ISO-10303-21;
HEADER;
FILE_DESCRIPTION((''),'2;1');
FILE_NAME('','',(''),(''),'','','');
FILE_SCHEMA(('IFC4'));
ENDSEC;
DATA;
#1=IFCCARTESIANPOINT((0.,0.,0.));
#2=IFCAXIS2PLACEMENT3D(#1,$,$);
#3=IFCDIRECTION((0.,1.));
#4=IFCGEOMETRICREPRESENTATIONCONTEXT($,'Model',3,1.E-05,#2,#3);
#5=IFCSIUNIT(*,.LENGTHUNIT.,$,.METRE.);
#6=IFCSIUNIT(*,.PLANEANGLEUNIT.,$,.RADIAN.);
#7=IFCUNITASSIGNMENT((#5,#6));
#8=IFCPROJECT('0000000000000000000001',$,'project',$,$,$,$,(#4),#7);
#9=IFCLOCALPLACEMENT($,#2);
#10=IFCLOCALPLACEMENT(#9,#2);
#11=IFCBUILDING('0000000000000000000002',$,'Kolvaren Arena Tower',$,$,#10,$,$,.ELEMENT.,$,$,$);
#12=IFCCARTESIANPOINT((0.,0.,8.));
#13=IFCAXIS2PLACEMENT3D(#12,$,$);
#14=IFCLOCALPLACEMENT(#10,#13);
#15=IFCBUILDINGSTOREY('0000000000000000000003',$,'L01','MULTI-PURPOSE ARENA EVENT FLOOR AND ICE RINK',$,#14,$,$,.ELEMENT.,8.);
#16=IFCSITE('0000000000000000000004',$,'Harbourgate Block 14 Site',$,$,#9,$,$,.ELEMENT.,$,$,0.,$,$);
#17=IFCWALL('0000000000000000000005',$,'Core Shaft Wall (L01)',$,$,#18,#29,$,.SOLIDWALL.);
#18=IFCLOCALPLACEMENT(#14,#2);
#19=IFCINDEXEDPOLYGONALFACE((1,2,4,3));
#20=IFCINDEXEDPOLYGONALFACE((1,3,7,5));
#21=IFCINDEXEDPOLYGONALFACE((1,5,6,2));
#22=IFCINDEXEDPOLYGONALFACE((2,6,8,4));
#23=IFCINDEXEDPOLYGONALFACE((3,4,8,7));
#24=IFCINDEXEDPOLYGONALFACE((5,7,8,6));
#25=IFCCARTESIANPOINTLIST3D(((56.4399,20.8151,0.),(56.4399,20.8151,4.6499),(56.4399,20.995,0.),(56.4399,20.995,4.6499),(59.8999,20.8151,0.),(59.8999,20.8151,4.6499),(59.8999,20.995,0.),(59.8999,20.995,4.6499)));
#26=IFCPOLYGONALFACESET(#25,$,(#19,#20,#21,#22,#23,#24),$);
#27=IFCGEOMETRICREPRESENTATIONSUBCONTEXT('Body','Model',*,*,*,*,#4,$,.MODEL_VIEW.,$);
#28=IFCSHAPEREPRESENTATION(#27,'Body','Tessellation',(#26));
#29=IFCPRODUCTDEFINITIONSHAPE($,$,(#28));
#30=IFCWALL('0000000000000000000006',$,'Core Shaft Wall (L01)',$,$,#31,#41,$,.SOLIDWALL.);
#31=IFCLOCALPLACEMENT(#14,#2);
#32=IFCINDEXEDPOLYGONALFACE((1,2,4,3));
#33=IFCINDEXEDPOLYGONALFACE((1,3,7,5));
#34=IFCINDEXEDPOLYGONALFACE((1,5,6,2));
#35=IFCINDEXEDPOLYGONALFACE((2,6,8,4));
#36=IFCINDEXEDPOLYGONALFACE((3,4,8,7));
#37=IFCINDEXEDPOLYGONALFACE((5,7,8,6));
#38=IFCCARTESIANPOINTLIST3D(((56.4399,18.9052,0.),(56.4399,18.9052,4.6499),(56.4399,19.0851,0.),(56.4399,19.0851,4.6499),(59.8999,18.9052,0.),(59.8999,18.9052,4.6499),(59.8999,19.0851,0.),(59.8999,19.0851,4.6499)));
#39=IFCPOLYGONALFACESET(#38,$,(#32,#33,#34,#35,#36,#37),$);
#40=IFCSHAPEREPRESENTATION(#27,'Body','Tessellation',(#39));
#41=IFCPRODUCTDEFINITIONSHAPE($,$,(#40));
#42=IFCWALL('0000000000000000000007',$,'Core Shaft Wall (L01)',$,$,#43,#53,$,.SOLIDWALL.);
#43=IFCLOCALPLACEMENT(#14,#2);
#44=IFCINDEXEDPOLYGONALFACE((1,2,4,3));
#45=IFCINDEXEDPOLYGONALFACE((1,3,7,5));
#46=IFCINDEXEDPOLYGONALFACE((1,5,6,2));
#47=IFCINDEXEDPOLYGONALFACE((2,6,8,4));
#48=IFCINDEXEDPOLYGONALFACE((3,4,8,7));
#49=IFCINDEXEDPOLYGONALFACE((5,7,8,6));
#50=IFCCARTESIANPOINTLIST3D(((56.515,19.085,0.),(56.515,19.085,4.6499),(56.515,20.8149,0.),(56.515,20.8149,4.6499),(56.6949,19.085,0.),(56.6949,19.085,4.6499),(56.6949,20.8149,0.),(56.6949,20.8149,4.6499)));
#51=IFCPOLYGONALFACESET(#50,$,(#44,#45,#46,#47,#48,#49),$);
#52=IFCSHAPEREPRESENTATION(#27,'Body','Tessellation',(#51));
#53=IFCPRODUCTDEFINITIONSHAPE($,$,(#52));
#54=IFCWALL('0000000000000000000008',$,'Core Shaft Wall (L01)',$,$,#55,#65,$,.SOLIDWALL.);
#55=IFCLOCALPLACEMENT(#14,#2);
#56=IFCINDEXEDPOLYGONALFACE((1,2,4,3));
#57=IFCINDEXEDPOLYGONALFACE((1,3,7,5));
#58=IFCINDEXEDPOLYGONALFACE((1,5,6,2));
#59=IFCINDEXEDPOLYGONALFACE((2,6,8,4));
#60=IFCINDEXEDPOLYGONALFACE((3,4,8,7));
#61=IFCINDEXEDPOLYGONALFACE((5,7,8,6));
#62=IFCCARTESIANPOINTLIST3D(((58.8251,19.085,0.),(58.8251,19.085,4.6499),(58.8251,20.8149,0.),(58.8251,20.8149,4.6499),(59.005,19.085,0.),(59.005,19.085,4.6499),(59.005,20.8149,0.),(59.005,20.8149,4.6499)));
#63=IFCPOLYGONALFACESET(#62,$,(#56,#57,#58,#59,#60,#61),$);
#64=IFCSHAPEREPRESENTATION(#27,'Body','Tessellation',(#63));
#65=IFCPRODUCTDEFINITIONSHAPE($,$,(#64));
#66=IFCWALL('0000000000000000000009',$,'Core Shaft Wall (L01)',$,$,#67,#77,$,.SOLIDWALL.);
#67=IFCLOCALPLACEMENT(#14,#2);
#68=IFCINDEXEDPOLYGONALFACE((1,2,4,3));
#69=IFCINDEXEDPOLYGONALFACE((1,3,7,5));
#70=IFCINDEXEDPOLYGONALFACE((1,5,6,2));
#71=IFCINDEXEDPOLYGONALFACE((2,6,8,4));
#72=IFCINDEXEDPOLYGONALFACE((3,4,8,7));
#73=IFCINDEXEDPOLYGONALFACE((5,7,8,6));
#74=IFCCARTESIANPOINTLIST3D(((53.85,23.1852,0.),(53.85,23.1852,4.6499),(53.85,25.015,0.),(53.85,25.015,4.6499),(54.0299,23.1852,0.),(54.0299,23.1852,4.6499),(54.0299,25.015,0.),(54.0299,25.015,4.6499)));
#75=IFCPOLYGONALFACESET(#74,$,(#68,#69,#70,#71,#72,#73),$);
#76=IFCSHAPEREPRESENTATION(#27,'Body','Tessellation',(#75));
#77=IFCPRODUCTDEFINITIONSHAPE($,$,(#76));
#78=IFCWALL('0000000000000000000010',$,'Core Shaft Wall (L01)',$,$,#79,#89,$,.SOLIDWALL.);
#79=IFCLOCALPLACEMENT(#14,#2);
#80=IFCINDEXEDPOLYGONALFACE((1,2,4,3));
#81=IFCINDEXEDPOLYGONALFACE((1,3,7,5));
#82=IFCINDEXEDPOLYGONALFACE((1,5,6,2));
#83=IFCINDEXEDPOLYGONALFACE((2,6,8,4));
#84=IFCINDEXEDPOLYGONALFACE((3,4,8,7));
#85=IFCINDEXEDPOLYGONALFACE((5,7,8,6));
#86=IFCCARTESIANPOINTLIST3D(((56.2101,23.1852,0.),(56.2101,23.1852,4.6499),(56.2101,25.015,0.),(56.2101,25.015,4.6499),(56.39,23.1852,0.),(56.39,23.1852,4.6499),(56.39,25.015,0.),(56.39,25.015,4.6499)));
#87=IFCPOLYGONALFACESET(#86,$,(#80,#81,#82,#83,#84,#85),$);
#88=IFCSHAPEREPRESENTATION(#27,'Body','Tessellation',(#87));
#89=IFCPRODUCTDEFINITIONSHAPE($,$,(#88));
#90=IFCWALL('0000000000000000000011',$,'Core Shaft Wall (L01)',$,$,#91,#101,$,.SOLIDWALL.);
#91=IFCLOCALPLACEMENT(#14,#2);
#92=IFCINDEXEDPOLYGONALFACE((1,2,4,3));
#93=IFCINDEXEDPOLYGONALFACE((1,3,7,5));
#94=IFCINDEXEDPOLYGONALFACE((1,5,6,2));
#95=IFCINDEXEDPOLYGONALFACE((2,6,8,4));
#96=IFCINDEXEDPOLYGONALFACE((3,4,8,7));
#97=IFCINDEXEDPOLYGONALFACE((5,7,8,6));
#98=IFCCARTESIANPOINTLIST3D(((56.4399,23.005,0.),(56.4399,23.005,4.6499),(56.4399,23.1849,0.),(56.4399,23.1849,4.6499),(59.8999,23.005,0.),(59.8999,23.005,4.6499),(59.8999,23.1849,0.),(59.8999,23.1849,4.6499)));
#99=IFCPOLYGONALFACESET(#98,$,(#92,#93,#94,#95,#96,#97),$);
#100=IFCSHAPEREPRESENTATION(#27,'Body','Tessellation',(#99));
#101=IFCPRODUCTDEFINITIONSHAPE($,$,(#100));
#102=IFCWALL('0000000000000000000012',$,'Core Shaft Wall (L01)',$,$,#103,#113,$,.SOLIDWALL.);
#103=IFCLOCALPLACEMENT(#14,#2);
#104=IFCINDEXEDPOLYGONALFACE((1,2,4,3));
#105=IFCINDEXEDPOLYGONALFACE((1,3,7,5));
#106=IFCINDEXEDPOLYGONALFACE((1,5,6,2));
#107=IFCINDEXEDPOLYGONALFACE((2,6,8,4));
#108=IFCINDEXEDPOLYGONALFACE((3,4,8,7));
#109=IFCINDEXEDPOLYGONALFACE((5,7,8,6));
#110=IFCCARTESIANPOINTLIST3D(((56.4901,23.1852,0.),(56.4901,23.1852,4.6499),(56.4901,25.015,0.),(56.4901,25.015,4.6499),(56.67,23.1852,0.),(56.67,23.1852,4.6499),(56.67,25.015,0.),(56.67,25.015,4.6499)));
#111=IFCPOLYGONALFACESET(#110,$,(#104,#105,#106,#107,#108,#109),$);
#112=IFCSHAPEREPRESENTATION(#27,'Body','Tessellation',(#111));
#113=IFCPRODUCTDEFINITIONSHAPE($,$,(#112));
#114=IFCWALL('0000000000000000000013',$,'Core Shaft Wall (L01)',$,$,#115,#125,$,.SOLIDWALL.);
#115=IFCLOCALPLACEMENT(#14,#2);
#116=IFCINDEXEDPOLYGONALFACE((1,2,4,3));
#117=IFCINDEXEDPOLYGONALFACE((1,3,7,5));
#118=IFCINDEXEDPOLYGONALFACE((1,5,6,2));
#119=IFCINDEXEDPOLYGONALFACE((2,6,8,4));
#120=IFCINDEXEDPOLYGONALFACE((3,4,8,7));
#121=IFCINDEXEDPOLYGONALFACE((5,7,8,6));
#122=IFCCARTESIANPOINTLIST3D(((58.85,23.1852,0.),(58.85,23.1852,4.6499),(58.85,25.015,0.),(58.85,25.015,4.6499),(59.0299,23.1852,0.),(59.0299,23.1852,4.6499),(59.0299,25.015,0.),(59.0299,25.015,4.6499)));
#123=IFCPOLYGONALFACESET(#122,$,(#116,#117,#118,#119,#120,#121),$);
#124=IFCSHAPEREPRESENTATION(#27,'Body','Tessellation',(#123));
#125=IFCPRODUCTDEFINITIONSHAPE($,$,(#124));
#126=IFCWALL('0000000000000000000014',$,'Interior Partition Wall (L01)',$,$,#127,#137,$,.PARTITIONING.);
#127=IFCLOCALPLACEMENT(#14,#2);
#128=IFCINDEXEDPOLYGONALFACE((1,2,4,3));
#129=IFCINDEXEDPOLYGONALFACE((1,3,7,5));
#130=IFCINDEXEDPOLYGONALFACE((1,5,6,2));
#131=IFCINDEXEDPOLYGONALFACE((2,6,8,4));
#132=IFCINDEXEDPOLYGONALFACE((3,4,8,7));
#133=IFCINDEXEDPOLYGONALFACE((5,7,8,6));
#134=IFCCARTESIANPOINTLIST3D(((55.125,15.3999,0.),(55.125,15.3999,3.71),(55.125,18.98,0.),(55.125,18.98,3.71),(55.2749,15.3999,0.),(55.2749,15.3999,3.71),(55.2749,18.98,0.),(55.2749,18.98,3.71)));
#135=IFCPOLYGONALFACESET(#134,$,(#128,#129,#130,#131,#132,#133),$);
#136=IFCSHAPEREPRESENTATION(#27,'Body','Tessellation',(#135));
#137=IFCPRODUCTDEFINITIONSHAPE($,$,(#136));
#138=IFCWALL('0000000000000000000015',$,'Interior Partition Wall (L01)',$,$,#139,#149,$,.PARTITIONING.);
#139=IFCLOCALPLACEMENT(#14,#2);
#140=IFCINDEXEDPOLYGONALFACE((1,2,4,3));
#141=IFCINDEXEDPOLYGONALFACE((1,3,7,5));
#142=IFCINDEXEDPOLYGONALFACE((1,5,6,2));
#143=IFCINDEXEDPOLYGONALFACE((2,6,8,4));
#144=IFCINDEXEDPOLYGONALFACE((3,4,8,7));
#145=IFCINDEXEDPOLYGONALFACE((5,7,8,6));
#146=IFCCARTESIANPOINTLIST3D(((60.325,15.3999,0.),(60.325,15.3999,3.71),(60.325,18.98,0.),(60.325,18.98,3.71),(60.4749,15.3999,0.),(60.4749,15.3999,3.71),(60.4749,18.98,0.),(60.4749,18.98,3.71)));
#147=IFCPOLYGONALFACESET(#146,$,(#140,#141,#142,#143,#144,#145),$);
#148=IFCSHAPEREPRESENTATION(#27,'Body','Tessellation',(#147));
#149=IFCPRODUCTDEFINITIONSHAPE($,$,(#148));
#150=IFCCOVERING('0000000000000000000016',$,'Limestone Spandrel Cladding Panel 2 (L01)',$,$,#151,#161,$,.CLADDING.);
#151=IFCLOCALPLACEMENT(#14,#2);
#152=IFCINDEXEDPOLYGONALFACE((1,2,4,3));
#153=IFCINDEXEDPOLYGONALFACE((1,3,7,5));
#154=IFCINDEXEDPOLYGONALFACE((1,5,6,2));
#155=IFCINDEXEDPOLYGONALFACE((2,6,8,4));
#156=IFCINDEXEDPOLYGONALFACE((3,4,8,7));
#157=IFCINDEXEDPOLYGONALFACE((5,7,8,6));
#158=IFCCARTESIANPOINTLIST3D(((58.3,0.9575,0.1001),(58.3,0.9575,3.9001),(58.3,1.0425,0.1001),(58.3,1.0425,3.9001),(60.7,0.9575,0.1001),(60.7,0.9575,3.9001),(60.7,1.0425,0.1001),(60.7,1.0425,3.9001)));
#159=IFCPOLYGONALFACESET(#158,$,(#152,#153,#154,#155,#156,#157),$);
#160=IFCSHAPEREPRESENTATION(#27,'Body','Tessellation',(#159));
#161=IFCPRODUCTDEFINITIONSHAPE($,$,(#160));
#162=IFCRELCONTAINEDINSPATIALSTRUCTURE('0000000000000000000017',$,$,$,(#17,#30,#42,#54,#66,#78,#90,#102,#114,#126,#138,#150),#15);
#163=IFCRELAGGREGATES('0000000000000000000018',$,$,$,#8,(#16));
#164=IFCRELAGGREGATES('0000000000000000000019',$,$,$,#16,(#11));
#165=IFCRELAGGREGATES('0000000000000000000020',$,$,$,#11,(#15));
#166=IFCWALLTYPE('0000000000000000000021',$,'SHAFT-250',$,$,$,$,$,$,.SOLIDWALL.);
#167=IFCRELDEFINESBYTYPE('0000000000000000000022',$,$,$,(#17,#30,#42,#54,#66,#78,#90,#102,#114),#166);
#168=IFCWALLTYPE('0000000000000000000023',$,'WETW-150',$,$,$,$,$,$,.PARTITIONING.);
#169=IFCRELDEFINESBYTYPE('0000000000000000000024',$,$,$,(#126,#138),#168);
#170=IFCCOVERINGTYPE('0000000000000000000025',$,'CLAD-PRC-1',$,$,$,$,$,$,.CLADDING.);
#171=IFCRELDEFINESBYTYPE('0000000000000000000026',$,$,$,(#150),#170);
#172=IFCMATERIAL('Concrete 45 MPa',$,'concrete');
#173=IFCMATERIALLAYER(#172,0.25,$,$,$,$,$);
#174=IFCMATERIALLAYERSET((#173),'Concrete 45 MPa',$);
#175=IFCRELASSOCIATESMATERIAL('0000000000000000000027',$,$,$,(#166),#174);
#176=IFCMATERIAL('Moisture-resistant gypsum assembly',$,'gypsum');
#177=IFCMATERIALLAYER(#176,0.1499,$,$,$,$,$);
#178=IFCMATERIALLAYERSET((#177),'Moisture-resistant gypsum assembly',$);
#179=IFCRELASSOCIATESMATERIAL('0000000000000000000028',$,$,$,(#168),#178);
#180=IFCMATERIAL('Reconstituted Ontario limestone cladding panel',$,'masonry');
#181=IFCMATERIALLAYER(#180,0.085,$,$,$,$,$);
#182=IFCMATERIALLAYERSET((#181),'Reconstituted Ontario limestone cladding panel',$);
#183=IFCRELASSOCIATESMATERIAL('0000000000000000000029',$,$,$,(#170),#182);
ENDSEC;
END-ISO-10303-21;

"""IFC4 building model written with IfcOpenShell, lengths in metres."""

from ifc_helpers import new_model, si_unit, direction, frame, frame_2d, origin, origin_2d, place, context, subcontext, project, spatial, rectangle, extrude, material, layer, layer_set, type_object, element, save


model = new_model("IFC4")

# Units and contexts
model_context = context("Model", 3, precision=1e-05, world=origin(), true_north=direction((0.0, 1.0)))
body_context = subcontext(model_context, "Body", "Model", "MODEL_VIEW")
ifc_project = project(units=[si_unit("LENGTHUNIT", "METRE"), si_unit("PLANEANGLEUNIT", "RADIAN")], contexts=[model_context])

# Site, building, storey
site_placement = place(None, origin())
site = spatial("IfcSite", under=ifc_project, at=site_placement, Name="Harbourgate Block 14 Site", CompositionType="ELEMENT", RefElevation=0.0)
building_placement = place(site_placement, origin())
building = spatial("IfcBuilding", under=site, at=building_placement, Name="Kolvaren Arena Tower", CompositionType="ELEMENT")
storey_placement = place(building_placement, frame((0.0, 0.0, 8.0)))
storey = spatial("IfcBuildingStorey", under=building, at=storey_placement, Name="L01", Description="MULTI-PURPOSE ARENA EVENT FLOOR AND ICE RINK", CompositionType="ELEMENT", Elevation=8.0)

# Shared definitions
ifc_material_1 = material(Name="Concrete 45 MPa", Category="concrete")
ifc_layer_1 = layer(ifc_material_1, 0.25)
ifc_layer_set_1 = layer_set([ifc_layer_1], Name="Concrete 45 MPa")
wall_type_1 = type_object("IfcWallType", Name="SHAFT-250", PredefinedType="SOLIDWALL", material=ifc_layer_set_1)

# Walls
for number, where, z_axis, x_axis, name in (
    (1, (56.4399, 20.905, 0.0), (0.0, 0.0, 1.0), (1.0, 0.0, 0.0), "Core Shaft Wall (L01)"),
    (2, (56.4399, 18.9951, 0.0), (0.0, 0.0, 1.0), (1.0, 0.0, 0.0), "Core Shaft Wall (L01)"),
):
    element("IfcWall", number, at=place(storey_placement, frame(where, z_axis=z_axis, x_axis=x_axis)), inside=storey, type_object=wall_type_1, Name=name, PredefinedType="SOLIDWALL", context=body_context, shape_type="SweptSolid", body=[
        extrude(rectangle(XDim=3.46, YDim=0.1799, at=frame_2d((1.73, 0.0))), origin(), (0.0, 0.0, 1.0), 4.6499),
    ])
for number, where, z_axis, x_axis, name in (
    (3, (56.605, 19.085, 0.0), (0.0, 0.0, 1.0), (0.0, 1.0, 0.0), "Core Shaft Wall (L01)"),
    (4, (58.915, 19.085, 0.0), (0.0, 0.0, 1.0), (0.0, 1.0, 0.0), "Core Shaft Wall (L01)"),
):
    element("IfcWall", number, at=place(storey_placement, frame(where, z_axis=z_axis, x_axis=x_axis)), inside=storey, type_object=wall_type_1, Name=name, PredefinedType="SOLIDWALL", context=body_context, shape_type="SweptSolid", body=[
        extrude(rectangle(XDim=1.73, YDim=0.1799, at=frame_2d((0.865, 0.0))), origin(), (0.0, 0.0, 1.0), 4.6499),
    ])
for number, where, z_axis, x_axis, name in (
    (5, (53.9399, 23.1851, 0.0), (0.0, 0.0, 1.0), (0.0, 1.0, 0.0), "Core Shaft Wall (L01)"),
    (6, (56.3, 23.1851, 0.0), (0.0, 0.0, 1.0), (0.0, 1.0, 0.0), "Core Shaft Wall (L01)"),
):
    element("IfcWall", number, at=place(storey_placement, frame(where, z_axis=z_axis, x_axis=x_axis)), inside=storey, type_object=wall_type_1, Name=name, PredefinedType="SOLIDWALL", context=body_context, shape_type="SweptSolid", body=[
        extrude(rectangle(XDim=1.8298, YDim=0.1799, at=frame_2d((0.915, 0.0))), origin(), (0.0, 0.0, 1.0), 4.6499),
    ])
wall_1_placement = place(storey_placement, frame((56.4399, 23.095, 0.0), z_axis=(0.0, 0.0, 1.0), x_axis=(1.0, 0.0, 0.0)))
element("IfcWall", 7, at=wall_1_placement, inside=storey, type_object=wall_type_1, Name="Core Shaft Wall (L01)", PredefinedType="SOLIDWALL", context=body_context, shape_type="SweptSolid", body=[
    extrude(rectangle(XDim=3.46, YDim=0.1799, at=frame_2d((1.73, 0.0))), origin(), (0.0, 0.0, 1.0), 4.6499),
])
for number, where, z_axis, x_axis, name in (
    (8, (56.5801, 23.1851, 0.0), (0.0, 0.0, 1.0), (0.0, 1.0, 0.0), "Core Shaft Wall (L01)"),
    (9, (58.9399, 23.1851, 0.0), (0.0, 0.0, 1.0), (0.0, 1.0, 0.0), "Core Shaft Wall (L01)"),
):
    element("IfcWall", number, at=place(storey_placement, frame(where, z_axis=z_axis, x_axis=x_axis)), inside=storey, type_object=wall_type_1, Name=name, PredefinedType="SOLIDWALL", context=body_context, shape_type="SweptSolid", body=[
        extrude(rectangle(XDim=1.8298, YDim=0.1799, at=frame_2d((0.915, 0.0))), origin(), (0.0, 0.0, 1.0), 4.6499),
    ])
ifc_material_2 = material(Name="Moisture-resistant gypsum assembly", Category="gypsum")
ifc_layer_2 = layer(ifc_material_2, 0.1499)
ifc_layer_set_2 = layer_set([ifc_layer_2], Name="Moisture-resistant gypsum assembly")
wall_type_2 = type_object("IfcWallType", Name="WETW-150", PredefinedType="PARTITIONING", material=ifc_layer_set_2)
for number, where, z_axis, x_axis, name in (
    (10, (55.2, 15.3999, 0.0), (0.0, 0.0, 1.0), (0.0, 1.0, 0.0), "Interior Partition Wall (L01)"),
    (11, (60.3999, 15.3999, 0.0), (0.0, 0.0, 1.0), (0.0, 1.0, 0.0), "Interior Partition Wall (L01)"),
):
    element("IfcWall", number, at=place(storey_placement, frame(where, z_axis=z_axis, x_axis=x_axis)), inside=storey, type_object=wall_type_2, Name=name, PredefinedType="PARTITIONING", context=body_context, shape_type="SweptSolid", body=[
        extrude(rectangle(XDim=3.5801, YDim=0.1499, at=frame_2d((1.79, 0.0))), origin(), (0.0, 0.0, 1.0), 3.71),
    ])

# Covering
ifc_material_3 = material(Name="Reconstituted Ontario limestone cladding panel", Category="masonry")
ifc_layer_3 = layer(ifc_material_3, 0.085)
ifc_layer_set_3 = layer_set([ifc_layer_3], Name="Reconstituted Ontario limestone cladding panel")
covering_type = type_object("IfcCoveringType", Name="CLAD-PRC-1", PredefinedType="CLADDING", material=ifc_layer_set_3)
covering_placement = place(storey_placement, frame((59.5, 1.0, 0.1001), z_axis=(0.0, 0.0, 1.0), x_axis=(1.0, 0.0, 0.0)))
element("IfcCovering", 12, at=covering_placement, inside=storey, type_object=covering_type, Name="Limestone Spandrel Cladding Panel 2 (L01)", PredefinedType="CLADDING", context=body_context, shape_type="SweptSolid", body=[
    extrude(rectangle(XDim=2.3999, YDim=0.085, at=origin_2d()), origin(), (0.0, 0.0, 1.0), 3.8),
])

save(model, "model.ifc")
